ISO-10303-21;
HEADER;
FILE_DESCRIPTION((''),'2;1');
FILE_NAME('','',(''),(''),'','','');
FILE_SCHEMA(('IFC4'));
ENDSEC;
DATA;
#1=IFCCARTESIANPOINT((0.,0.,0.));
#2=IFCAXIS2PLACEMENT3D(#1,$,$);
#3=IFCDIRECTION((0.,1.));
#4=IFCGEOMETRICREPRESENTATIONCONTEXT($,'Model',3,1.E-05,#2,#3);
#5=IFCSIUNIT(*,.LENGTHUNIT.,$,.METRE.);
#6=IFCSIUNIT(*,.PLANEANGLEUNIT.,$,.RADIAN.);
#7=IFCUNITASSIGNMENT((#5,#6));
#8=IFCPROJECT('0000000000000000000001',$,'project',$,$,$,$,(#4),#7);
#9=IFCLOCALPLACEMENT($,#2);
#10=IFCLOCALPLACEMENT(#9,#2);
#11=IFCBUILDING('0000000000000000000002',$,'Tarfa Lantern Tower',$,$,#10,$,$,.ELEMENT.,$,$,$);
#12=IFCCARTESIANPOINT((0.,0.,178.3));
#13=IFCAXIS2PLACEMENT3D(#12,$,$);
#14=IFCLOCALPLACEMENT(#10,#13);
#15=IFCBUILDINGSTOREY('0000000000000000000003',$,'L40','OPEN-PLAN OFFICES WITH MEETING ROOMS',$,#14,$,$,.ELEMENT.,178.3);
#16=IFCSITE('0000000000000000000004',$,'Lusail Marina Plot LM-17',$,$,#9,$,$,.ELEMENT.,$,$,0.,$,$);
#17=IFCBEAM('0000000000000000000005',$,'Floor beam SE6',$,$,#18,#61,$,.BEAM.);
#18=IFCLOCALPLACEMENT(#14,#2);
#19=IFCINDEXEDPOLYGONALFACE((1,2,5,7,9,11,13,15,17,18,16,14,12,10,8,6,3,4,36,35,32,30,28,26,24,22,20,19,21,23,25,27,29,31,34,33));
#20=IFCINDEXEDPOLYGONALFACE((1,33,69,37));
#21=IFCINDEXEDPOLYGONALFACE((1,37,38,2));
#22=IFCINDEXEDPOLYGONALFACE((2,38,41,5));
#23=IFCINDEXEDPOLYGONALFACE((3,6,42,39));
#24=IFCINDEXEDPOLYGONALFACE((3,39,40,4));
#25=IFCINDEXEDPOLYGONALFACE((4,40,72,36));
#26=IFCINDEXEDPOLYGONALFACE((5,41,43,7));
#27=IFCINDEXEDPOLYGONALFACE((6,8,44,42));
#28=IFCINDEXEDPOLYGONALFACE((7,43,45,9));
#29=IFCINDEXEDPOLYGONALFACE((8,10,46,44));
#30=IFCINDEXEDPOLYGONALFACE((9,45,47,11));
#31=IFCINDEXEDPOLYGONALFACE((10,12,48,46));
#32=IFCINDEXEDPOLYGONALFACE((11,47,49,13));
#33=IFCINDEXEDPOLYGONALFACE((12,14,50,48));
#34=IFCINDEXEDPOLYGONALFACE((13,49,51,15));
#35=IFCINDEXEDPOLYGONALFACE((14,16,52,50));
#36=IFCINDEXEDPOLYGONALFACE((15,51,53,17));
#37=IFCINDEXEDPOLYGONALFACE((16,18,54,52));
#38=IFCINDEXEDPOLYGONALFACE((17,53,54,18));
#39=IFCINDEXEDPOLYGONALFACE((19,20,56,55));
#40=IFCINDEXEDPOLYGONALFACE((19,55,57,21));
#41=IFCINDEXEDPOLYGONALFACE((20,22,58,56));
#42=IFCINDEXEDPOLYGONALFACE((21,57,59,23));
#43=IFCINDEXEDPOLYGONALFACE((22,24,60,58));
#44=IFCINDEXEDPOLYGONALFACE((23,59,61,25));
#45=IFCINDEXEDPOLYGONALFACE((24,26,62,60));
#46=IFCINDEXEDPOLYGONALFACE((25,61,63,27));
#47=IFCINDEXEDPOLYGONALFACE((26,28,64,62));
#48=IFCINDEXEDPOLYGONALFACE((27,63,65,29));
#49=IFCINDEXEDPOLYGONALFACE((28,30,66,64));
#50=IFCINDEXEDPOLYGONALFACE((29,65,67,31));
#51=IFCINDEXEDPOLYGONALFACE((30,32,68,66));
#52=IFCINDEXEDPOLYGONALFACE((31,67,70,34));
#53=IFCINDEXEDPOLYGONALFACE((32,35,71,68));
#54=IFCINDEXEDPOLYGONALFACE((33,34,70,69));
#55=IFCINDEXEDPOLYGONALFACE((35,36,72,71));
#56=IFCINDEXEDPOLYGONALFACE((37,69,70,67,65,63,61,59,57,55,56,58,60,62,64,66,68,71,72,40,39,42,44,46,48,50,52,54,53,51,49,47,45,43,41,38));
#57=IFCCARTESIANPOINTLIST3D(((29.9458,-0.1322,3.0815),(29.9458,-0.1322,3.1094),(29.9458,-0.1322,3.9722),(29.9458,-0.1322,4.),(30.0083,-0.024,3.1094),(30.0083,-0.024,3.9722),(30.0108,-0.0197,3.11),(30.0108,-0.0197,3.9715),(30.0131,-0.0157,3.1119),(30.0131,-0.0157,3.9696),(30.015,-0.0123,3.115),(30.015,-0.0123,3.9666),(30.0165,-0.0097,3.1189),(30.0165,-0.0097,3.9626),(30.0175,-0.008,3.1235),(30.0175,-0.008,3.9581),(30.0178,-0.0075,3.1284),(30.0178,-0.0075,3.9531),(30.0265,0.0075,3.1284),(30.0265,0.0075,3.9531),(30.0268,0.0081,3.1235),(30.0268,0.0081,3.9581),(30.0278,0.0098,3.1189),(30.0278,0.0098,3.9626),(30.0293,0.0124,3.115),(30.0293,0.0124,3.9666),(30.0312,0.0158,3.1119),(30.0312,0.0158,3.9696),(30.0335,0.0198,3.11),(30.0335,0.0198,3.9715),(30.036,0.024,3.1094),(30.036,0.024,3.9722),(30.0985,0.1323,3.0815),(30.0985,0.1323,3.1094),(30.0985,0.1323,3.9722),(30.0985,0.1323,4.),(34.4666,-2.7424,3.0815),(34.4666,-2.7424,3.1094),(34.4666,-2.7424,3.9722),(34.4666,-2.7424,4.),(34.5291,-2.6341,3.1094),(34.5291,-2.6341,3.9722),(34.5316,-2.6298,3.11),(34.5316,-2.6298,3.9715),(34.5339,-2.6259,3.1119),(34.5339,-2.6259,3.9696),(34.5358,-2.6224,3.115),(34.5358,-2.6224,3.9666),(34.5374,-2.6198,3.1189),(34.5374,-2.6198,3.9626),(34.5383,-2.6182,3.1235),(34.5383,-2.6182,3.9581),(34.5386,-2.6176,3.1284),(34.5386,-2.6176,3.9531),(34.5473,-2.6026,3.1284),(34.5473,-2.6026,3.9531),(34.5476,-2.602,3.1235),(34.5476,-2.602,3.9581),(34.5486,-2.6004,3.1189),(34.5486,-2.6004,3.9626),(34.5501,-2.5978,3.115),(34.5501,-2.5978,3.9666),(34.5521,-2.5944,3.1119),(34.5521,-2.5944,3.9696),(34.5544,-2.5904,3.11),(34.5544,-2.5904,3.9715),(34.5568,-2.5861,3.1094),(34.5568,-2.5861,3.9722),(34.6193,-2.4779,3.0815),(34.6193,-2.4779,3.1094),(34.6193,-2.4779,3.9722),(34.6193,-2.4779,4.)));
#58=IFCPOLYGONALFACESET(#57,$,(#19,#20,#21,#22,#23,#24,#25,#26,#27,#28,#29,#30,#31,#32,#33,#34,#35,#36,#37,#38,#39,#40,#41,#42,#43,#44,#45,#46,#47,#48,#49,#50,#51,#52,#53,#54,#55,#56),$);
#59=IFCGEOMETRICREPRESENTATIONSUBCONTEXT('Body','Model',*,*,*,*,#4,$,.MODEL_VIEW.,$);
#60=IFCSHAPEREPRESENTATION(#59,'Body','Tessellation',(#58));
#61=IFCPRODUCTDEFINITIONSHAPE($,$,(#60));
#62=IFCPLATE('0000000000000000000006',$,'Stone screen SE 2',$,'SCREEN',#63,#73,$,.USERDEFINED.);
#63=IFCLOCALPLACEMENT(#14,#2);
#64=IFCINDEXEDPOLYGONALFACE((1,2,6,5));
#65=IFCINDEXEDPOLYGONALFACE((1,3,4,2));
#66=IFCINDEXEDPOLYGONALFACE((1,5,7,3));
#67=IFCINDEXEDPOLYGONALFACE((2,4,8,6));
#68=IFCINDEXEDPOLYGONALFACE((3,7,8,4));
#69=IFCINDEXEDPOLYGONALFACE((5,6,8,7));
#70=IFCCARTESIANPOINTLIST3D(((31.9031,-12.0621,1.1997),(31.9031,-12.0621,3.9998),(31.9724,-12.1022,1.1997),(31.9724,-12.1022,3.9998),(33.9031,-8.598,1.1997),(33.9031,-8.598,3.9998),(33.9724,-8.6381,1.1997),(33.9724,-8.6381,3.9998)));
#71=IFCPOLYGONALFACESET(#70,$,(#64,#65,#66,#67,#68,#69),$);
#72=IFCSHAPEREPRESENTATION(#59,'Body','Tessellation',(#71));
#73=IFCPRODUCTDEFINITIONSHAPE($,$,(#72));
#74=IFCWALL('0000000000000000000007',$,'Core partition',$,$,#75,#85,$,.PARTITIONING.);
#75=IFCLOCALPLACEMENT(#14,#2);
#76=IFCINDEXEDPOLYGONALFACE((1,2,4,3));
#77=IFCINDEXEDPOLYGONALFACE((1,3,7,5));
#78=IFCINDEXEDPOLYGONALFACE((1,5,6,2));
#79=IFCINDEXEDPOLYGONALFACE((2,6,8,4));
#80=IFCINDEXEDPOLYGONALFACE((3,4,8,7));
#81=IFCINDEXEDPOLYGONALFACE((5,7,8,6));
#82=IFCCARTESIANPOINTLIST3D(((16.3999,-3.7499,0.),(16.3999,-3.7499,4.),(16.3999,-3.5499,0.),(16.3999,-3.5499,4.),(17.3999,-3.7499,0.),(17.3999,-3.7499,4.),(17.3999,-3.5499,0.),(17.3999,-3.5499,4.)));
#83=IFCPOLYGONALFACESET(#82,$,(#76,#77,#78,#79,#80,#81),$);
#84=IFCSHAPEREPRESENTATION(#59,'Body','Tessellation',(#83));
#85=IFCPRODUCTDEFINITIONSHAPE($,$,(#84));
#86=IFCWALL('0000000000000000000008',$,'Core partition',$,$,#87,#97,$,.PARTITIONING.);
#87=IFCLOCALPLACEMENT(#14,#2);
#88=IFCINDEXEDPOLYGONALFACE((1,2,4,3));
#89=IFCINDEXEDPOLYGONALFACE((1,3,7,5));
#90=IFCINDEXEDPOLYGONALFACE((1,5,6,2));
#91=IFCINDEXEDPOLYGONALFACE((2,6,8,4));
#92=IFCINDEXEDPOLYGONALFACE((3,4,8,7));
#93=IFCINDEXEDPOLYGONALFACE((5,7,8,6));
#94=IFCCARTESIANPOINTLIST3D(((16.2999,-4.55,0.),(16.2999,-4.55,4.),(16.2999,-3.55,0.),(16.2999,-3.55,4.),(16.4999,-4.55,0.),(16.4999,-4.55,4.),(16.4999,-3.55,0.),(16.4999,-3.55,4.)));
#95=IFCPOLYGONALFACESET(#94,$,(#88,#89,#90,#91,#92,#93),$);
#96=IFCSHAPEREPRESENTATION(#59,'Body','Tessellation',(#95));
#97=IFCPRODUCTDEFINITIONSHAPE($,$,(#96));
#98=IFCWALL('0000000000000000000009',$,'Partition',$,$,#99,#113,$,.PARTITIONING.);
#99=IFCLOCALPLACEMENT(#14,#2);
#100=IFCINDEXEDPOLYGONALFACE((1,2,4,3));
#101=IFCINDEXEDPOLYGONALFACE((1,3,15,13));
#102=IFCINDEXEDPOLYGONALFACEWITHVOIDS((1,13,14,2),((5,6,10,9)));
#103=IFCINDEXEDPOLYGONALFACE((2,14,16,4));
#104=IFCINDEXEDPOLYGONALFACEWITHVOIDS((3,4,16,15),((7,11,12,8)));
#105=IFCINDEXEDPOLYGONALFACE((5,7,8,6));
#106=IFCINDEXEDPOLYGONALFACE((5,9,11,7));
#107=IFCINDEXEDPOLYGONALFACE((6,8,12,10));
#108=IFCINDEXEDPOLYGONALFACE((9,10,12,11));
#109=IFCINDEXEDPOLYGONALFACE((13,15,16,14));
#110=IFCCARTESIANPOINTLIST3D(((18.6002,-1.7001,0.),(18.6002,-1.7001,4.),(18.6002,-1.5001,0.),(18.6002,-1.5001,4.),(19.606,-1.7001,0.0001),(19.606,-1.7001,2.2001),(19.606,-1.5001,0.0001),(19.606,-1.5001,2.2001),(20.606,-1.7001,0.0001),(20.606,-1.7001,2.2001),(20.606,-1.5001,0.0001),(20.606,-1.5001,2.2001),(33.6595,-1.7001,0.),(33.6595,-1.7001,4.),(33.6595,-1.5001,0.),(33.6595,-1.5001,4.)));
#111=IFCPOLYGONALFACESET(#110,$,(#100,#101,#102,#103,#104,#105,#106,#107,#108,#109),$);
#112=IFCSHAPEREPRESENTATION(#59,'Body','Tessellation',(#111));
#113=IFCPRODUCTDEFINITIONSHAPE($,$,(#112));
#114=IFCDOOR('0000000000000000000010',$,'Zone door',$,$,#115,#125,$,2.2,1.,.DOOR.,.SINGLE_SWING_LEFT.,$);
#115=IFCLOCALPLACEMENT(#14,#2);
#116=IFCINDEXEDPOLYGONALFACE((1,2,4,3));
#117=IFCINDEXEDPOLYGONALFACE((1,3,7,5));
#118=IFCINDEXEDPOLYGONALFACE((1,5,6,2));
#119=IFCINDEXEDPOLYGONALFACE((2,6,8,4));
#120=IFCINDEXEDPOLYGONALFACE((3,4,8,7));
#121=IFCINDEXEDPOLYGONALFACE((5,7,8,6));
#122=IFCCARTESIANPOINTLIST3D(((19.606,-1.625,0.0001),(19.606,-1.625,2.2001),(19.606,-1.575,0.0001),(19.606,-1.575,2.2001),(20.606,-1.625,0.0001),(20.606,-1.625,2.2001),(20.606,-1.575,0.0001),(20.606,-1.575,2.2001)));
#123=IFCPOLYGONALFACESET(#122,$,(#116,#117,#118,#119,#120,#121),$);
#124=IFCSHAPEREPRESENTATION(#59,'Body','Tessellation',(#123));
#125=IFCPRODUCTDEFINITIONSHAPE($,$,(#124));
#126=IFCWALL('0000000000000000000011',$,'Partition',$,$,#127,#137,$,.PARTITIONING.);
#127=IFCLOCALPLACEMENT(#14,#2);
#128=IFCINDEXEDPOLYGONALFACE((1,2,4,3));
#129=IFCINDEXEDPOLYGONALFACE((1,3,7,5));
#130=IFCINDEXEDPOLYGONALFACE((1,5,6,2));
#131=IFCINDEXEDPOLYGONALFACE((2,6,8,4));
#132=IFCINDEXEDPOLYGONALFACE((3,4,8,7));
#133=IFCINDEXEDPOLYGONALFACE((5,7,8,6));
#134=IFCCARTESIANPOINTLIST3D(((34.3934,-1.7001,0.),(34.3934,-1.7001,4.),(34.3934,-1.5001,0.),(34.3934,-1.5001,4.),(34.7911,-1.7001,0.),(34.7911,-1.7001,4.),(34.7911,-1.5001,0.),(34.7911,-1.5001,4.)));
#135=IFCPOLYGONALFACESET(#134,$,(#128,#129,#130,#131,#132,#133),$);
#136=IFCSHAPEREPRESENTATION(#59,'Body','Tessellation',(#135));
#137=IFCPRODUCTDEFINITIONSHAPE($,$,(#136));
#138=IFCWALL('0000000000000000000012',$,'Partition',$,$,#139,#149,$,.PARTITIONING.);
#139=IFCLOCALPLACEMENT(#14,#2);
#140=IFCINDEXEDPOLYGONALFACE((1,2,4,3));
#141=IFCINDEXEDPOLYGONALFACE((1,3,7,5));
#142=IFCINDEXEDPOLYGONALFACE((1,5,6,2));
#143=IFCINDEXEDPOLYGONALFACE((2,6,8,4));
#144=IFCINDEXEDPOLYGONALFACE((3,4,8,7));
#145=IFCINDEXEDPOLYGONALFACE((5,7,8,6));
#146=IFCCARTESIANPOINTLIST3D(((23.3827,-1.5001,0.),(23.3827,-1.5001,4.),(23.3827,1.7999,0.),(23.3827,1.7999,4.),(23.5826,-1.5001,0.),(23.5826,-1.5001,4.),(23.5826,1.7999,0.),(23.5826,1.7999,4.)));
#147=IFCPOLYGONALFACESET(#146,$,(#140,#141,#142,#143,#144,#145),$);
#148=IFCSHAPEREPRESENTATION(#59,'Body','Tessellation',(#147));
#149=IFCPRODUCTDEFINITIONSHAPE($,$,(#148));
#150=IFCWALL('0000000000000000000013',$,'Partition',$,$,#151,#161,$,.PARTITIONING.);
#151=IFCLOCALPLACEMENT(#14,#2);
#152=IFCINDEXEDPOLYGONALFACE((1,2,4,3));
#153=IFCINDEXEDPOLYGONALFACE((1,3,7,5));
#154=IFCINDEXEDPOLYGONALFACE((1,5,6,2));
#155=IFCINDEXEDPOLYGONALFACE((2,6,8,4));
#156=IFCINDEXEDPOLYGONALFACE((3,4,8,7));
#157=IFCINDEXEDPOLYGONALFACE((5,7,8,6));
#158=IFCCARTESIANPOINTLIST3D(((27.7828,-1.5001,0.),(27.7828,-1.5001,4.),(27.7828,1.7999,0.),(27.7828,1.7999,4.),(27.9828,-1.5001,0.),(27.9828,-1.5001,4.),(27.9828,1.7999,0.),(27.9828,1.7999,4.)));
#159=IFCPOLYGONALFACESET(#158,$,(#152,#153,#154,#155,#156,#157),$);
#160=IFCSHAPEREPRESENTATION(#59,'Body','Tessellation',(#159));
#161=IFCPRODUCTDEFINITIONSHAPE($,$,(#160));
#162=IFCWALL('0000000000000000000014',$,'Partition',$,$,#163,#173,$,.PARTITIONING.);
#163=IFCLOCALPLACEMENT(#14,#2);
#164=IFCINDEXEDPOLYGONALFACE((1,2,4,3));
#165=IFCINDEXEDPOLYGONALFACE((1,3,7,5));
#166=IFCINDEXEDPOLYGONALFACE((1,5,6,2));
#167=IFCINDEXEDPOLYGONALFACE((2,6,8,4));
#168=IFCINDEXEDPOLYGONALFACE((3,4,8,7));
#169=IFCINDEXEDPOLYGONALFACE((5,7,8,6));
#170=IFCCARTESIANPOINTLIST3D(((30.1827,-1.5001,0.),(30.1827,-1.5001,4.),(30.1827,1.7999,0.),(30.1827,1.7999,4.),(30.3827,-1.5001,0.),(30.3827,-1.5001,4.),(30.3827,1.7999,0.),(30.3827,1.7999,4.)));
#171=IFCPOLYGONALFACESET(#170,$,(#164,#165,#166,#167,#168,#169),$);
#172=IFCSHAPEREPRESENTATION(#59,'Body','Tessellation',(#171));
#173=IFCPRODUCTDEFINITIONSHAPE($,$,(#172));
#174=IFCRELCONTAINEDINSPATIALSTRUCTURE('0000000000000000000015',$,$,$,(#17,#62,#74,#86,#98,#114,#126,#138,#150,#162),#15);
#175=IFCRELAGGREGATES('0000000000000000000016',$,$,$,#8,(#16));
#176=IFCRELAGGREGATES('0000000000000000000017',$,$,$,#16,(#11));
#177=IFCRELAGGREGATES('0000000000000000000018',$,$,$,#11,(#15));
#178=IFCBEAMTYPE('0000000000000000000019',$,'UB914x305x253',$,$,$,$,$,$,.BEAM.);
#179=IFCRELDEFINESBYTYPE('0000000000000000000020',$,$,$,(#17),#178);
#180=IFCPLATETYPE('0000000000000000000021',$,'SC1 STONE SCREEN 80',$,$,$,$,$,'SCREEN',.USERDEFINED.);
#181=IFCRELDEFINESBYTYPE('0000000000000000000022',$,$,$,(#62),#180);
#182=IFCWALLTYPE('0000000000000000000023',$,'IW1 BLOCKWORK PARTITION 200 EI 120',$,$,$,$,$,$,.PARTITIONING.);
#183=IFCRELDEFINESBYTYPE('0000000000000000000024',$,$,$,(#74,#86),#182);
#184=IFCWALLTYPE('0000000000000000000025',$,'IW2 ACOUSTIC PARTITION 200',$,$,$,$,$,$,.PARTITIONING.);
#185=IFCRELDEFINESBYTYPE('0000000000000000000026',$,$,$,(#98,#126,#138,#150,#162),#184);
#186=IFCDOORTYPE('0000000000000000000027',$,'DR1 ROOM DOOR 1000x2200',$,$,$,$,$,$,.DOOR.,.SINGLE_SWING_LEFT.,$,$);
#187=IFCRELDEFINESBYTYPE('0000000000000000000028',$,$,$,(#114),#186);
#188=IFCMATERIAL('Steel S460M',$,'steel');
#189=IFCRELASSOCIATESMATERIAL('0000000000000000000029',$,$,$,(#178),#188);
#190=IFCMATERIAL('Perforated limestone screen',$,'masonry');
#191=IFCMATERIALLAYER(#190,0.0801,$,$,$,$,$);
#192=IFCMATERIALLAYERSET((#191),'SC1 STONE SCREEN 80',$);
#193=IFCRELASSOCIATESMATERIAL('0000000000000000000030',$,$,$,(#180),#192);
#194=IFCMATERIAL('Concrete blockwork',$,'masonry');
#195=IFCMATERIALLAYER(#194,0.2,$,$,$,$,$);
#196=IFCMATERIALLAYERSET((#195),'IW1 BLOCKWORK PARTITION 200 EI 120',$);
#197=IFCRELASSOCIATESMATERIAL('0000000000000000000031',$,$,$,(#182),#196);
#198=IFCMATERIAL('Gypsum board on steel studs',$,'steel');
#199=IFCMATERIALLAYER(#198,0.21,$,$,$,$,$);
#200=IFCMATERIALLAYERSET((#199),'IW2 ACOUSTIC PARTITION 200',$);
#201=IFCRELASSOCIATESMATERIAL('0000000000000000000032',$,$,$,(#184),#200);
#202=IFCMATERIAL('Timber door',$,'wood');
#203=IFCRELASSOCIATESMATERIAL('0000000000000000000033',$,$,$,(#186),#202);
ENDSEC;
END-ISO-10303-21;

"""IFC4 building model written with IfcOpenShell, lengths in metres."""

from ifc_helpers import new_model, si_unit, direction, frame, frame_2d, origin, origin_2d, place, context, subcontext, project, spatial, rectangle, i_section, extrude, material, layer, layer_set, material_profile, profile_set, type_object, element, fill, save


model = new_model("IFC4")

# Units and contexts
model_context = context("Model", 3, precision=1e-05, world=origin(), true_north=direction((0.0, 1.0)))
body_context = subcontext(model_context, "Body", "Model", "MODEL_VIEW")
ifc_project = project(units=[si_unit("LENGTHUNIT", "METRE"), si_unit("PLANEANGLEUNIT", "RADIAN")], contexts=[model_context])

# Site, building, storey
site_placement = place(None, origin())
site = spatial("IfcSite", under=ifc_project, at=site_placement, Name="Lusail Marina Plot LM-17", CompositionType="ELEMENT", RefElevation=0.0)
building_placement = place(site_placement, origin())
building = spatial("IfcBuilding", under=site, at=building_placement, Name="Tarfa Lantern Tower", CompositionType="ELEMENT")
storey_placement = place(building_placement, frame((0.0, 0.0, 178.3)))
storey = spatial("IfcBuildingStorey", under=building, at=storey_placement, Name="L40", Description="OPEN-PLAN OFFICES WITH MEETING ROOMS", CompositionType="ELEMENT", Elevation=178.3)

# Beam
ifc_material_1 = material(Name="Steel S460M", Category="steel")
ifc_material_profile_1 = material_profile(ifc_material_1, i_section(OverallWidth=0.3054, OverallDepth=0.9185, WebThickness=0.0173, FlangeThickness=0.0278, FilletRadius=0.019, at=origin_2d()), Name="UB914x305x253")
ifc_profile_set_1 = profile_set([ifc_material_profile_1], Name="Steel S460M")
beam_type_1 = type_object("IfcBeamType", Name="UB914x305x253", PredefinedType="BEAM", material=ifc_profile_set_1)
beam_1_placement = place(storey_placement, frame((34.543, -2.6101, 3.5408), z_axis=(-0.866021, 0.500007, 0.0), x_axis=(-0.500007, -0.866021, 0.0)))
element("IfcBeam", 1, at=beam_1_placement, inside=storey, type_object=beam_type_1, Name="Floor beam SE6", PredefinedType="BEAM", context=body_context, shape_type="SweptSolid", body=[
    extrude(i_section(OverallWidth=0.3054, OverallDepth=0.9185, WebThickness=0.0173, FlangeThickness=0.0278, FilletRadius=0.019, at=origin_2d()), origin(), (0.0, 0.0, 1.0), 5.2202),
])

# Plate
ifc_material_2 = material(Name="Perforated limestone screen", Category="masonry")
ifc_layer_1 = layer(ifc_material_2, 0.0801)
ifc_layer_set_1 = layer_set([ifc_layer_1], Name="SC1 STONE SCREEN 80")
plate_type = type_object("IfcPlateType", Name="SC1 STONE SCREEN 80", ElementType="SCREEN", PredefinedType="USERDEFINED", material=ifc_layer_set_1)
plate_placement = place(storey_placement, frame((32.9377, -10.3501, 1.1997), z_axis=(0.0, 0.0, 1.0), x_axis=(0.5, 0.866025, 0.0)))
element("IfcPlate", 2, at=plate_placement, inside=storey, type_object=plate_type, Name="Stone screen SE 2", ObjectType="SCREEN", PredefinedType="USERDEFINED", context=body_context, shape_type="SweptSolid", body=[
    extrude(rectangle(XDim=4.0, YDim=0.0801, at=origin_2d()), origin(), (0.0, 0.0, 1.0), 2.8),
])

# Walls
ifc_material_3 = material(Name="Concrete blockwork", Category="masonry")
ifc_layer_2 = layer(ifc_material_3, 0.2)
ifc_layer_set_2 = layer_set([ifc_layer_2], Name="IW1 BLOCKWORK PARTITION 200 EI 120")
wall_type_1 = type_object("IfcWallType", Name="IW1 BLOCKWORK PARTITION 200 EI 120", PredefinedType="PARTITIONING", material=ifc_layer_set_2)
for number, where, z_axis, x_axis, name in (
    (3, (17.3999, -3.6499, 0.0), (0.0, 0.0, 1.0), (-1.0, 0.0, 0.0), "Core partition"),
    (4, (16.3999, -3.55, 0.0), (0.0, 0.0, 1.0), (0.0, -1.0, 0.0), "Core partition"),
):
    element("IfcWall", number, at=place(storey_placement, frame(where, z_axis=z_axis, x_axis=x_axis)), inside=storey, type_object=wall_type_1, Name=name, PredefinedType="PARTITIONING", context=body_context, shape_type="SweptSolid", body=[
        extrude(rectangle(XDim=1.0, YDim=0.2, at=frame_2d((0.5, 0.0))), origin(), (0.0, 0.0, 1.0), 4.0),
    ])

# Wall, opening, door
ifc_material_4 = material(Name="Gypsum board on steel studs", Category="steel")
ifc_layer_3 = layer(ifc_material_4, 0.21)
ifc_layer_set_3 = layer_set([ifc_layer_3], Name="IW2 ACOUSTIC PARTITION 200")
wall_type_2 = type_object("IfcWallType", Name="IW2 ACOUSTIC PARTITION 200", PredefinedType="PARTITIONING", material=ifc_layer_set_3)
wall_1_placement = place(storey_placement, frame((18.6001, -1.6001, 0.0), z_axis=(0.0, 0.0, 1.0), x_axis=(1.0, 0.0, 0.0)))
wall_1 = element("IfcWall", 5, at=wall_1_placement, inside=storey, type_object=wall_type_2, Name="Partition", PredefinedType="PARTITIONING", context=body_context, shape_type="SweptSolid", body=[
    extrude(rectangle(XDim=15.0593, YDim=0.2, at=frame_2d((7.5298, 0.0))), origin(), (0.0, 0.0, 1.0), 4.0),
])
opening_1_placement = place(wall_1_placement, frame((1.0059, 0.0, 0.0)))
opening_1 = element("IfcOpeningElement", 6, at=opening_1_placement, cuts=wall_1, PredefinedType="OPENING", context=body_context, shape_type="SweptSolid", body=[
    extrude(rectangle(XDim=1.0, YDim=2.2, at=frame_2d((0.5, 1.1001))), frame((0.0, 0.1099, 0.0), z_axis=(0.0, -1.0, 0.0), x_axis=(1.0, 0.0, 0.0)), (0.0, 0.0, 1.0), 0.22),
])
ifc_material_5 = material(Name="Timber door", Category="wood")
door_type_1 = type_object("IfcDoorType", Name="DR1 ROOM DOOR 1000x2200", OperationType="SINGLE_SWING_LEFT", PredefinedType="DOOR", material=ifc_material_5)
door_1_placement = place(opening_1_placement, frame((1.0, 0.0, 0.0), z_axis=(0.0, 0.0, 1.0), x_axis=(-1.0, 0.0, 0.0)))
door_1 = element("IfcDoor", 7, at=door_1_placement, inside=storey, type_object=door_type_1, Name="Zone door", OperationType="SINGLE_SWING_LEFT", OverallHeight=2.2, OverallWidth=1.0, PredefinedType="DOOR", context=body_context, shape_type="SweptSolid", body=[
    extrude(rectangle(XDim=1.0, YDim=2.2, at=frame_2d((0.5, 1.1001))), frame((0.0, 0.0249, 0.0), z_axis=(0.0, -1.0, 0.0), x_axis=(1.0, 0.0, 0.0)), (0.0, 0.0, 1.0), 0.05),
])
fill(opening_1, door_1)

# Walls
wall_2_placement = place(storey_placement, frame((34.3936, -1.6001, 0.0), z_axis=(0.0, 0.0, 1.0), x_axis=(1.0, 0.0, 0.0)))
element("IfcWall", 8, at=wall_2_placement, inside=storey, type_object=wall_type_2, Name="Partition", PredefinedType="PARTITIONING", context=body_context, shape_type="SweptSolid", body=[
    extrude(rectangle(XDim=0.3977, YDim=0.2, at=frame_2d((0.1987, 0.0))), origin(), (0.0, 0.0, 1.0), 4.0),
])
for number, where, z_axis, x_axis, name in (
    (9, (23.4827, -1.5, 0.0), (0.0, 0.0, 1.0), (0.0, 1.0, 0.0), "Partition"),
    (10, (27.8828, -1.5, 0.0), (0.0, 0.0, 1.0), (0.0, 1.0, 0.0), "Partition"),
    (11, (30.2827, -1.5, 0.0), (0.0, 0.0, 1.0), (0.0, 1.0, 0.0), "Partition"),
):
    element("IfcWall", number, at=place(storey_placement, frame(where, z_axis=z_axis, x_axis=x_axis)), inside=storey, type_object=wall_type_2, Name=name, PredefinedType="PARTITIONING", context=body_context, shape_type="SweptSolid", body=[
        extrude(rectangle(XDim=3.3, YDim=0.2, at=frame_2d((1.6499, 0.0))), origin(), (0.0, 0.0, 1.0), 4.0),
    ])

save(model, "model.ifc")
